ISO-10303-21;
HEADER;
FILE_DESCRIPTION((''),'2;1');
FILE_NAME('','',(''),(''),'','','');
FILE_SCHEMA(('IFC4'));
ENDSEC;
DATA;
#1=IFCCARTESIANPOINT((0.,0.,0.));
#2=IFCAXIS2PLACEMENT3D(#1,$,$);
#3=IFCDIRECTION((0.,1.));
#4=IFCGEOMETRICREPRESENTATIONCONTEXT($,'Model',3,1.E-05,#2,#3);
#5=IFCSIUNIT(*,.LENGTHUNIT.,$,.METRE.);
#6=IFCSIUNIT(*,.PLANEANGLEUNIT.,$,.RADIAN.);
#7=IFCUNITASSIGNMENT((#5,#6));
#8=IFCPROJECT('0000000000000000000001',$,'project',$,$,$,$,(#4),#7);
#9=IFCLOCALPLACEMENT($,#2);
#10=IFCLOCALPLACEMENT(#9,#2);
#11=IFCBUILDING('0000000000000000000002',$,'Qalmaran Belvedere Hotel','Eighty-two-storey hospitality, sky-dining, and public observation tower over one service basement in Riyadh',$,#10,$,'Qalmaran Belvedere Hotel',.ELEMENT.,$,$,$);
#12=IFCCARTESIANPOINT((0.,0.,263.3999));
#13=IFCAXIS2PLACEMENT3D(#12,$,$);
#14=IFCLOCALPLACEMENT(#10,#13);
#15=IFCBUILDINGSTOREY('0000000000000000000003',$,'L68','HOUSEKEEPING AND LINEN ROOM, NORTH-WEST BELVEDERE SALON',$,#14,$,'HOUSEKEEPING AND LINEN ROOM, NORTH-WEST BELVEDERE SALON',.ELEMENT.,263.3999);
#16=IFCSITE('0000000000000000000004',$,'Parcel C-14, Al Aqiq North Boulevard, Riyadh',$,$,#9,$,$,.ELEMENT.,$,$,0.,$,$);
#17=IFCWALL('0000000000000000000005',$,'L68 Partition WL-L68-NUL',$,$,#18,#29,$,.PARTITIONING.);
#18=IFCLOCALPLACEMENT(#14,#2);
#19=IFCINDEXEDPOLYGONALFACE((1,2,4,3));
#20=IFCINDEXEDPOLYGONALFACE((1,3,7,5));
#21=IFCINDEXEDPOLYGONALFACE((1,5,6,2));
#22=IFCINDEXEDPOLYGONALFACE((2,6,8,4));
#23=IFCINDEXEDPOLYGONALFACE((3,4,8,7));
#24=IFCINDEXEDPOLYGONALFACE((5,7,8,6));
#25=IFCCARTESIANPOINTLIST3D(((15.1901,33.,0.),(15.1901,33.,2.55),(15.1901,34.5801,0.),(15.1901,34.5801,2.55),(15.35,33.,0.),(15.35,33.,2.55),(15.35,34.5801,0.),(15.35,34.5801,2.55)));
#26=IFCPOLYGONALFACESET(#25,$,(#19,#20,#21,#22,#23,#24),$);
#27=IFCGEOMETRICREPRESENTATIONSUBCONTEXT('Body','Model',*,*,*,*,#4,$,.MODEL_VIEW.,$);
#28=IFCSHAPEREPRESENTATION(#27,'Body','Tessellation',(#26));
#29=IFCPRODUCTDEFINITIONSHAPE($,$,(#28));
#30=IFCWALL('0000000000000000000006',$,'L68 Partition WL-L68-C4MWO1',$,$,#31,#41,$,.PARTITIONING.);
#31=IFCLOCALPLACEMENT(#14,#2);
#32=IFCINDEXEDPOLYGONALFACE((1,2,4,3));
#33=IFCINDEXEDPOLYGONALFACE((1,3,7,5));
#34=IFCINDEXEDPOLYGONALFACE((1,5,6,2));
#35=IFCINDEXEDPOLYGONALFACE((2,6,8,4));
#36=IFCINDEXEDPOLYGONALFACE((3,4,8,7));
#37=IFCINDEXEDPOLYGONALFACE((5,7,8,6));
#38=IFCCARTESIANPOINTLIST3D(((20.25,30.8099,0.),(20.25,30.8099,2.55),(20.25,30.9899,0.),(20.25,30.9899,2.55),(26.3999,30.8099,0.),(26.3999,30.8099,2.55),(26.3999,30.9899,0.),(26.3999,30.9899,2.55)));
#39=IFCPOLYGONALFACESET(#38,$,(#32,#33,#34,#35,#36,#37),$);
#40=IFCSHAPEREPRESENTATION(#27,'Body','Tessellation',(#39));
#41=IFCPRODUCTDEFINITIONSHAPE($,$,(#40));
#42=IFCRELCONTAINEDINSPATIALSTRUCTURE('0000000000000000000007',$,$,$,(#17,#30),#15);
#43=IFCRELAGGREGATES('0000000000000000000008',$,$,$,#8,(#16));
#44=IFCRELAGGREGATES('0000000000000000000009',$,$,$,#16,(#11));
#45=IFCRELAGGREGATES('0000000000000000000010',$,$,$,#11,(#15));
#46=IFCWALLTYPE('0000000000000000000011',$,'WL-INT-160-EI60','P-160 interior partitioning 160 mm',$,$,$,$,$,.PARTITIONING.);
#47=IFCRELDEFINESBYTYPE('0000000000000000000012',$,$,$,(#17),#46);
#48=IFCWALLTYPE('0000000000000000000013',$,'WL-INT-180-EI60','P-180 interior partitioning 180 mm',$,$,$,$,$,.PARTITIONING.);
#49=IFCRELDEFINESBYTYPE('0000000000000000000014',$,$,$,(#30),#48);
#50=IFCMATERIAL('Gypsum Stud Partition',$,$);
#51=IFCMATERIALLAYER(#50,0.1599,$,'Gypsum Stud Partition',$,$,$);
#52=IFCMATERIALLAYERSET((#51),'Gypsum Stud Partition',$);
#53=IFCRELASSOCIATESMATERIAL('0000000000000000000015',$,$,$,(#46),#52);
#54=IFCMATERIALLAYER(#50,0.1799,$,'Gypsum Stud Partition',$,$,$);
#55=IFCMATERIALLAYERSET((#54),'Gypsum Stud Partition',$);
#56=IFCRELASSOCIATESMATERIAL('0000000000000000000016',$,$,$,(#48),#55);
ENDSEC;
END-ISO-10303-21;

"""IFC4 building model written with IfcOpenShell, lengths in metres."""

from ifc_helpers import new_model, si_unit, direction, frame, frame_2d, origin, place, context, subcontext, project, spatial, rectangle, extrude, material, layer, layer_set, type_object, element, save


model = new_model("IFC4")

# Units and contexts
model_context = context("Model", 3, precision=1e-05, world=origin(), true_north=direction((0.0, 1.0)))
body_context = subcontext(model_context, "Body", "Model", "MODEL_VIEW")
ifc_project = project(units=[si_unit("LENGTHUNIT", "METRE"), si_unit("PLANEANGLEUNIT", "RADIAN")], contexts=[model_context])

# Site, building, storey
site_placement = place(None, origin())
site = spatial("IfcSite", under=ifc_project, at=site_placement, Name="Parcel C-14, Al Aqiq North Boulevard, Riyadh", CompositionType="ELEMENT", RefElevation=0.0)
building_placement = place(site_placement, origin())
building = spatial("IfcBuilding", under=site, at=building_placement, Name="Qalmaran Belvedere Hotel", Description="Eighty-two-storey hospitality, sky-dining, and public observation tower over one service basement in Riyadh", LongName="Qalmaran Belvedere Hotel", CompositionType="ELEMENT")
storey_placement = place(building_placement, frame((0.0, 0.0, 263.3999)))
storey = spatial("IfcBuildingStorey", under=building, at=storey_placement, Name="L68", Description="HOUSEKEEPING AND LINEN ROOM, NORTH-WEST BELVEDERE SALON", LongName="HOUSEKEEPING AND LINEN ROOM, NORTH-WEST BELVEDERE SALON", CompositionType="ELEMENT", Elevation=263.3999)

# Walls
ifc_material_1 = material(Name="Gypsum Stud Partition")
ifc_layer_1 = layer(ifc_material_1, 0.1599, Name="Gypsum Stud Partition")
ifc_layer_set_1 = layer_set([ifc_layer_1], Name="Gypsum Stud Partition")
wall_type_1 = type_object("IfcWallType", Name="WL-INT-160-EI60", Description="P-160 interior partitioning 160 mm", PredefinedType="PARTITIONING", material=ifc_layer_set_1)
wall_1_placement = place(storey_placement, frame((15.27, 33.0, 0.0), z_axis=(0.0, 0.0, 1.0), x_axis=(0.0, 1.0, 0.0)))
element("IfcWall", 1, at=wall_1_placement, inside=storey, type_object=wall_type_1, Name="L68 Partition WL-L68-NUL", PredefinedType="PARTITIONING", context=body_context, shape_type="SweptSolid", body=[
    extrude(rectangle(XDim=1.5801, YDim=0.1599, at=frame_2d((0.79, 0.0))), origin(), (0.0, 0.0, 1.0), 2.55),
])
ifc_layer_2 = layer(ifc_material_1, 0.1799, Name="Gypsum Stud Partition")
ifc_layer_set_2 = layer_set([ifc_layer_2], Name="Gypsum Stud Partition")
wall_type_2 = type_object("IfcWallType", Name="WL-INT-180-EI60", Description="P-180 interior partitioning 180 mm", PredefinedType="PARTITIONING", material=ifc_layer_set_2)
wall_2_placement = place(storey_placement, frame((20.25, 30.8999, 0.0), z_axis=(0.0, 0.0, 1.0), x_axis=(1.0, 0.0, 0.0)))
element("IfcWall", 2, at=wall_2_placement, inside=storey, type_object=wall_type_2, Name="L68 Partition WL-L68-C4MWO1", PredefinedType="PARTITIONING", context=body_context, shape_type="SweptSolid", body=[
    extrude(rectangle(XDim=6.1499, YDim=0.1799, at=frame_2d((3.075, 0.0))), origin(), (0.0, 0.0, 1.0), 2.55),
])

save(model, "model.ifc")
